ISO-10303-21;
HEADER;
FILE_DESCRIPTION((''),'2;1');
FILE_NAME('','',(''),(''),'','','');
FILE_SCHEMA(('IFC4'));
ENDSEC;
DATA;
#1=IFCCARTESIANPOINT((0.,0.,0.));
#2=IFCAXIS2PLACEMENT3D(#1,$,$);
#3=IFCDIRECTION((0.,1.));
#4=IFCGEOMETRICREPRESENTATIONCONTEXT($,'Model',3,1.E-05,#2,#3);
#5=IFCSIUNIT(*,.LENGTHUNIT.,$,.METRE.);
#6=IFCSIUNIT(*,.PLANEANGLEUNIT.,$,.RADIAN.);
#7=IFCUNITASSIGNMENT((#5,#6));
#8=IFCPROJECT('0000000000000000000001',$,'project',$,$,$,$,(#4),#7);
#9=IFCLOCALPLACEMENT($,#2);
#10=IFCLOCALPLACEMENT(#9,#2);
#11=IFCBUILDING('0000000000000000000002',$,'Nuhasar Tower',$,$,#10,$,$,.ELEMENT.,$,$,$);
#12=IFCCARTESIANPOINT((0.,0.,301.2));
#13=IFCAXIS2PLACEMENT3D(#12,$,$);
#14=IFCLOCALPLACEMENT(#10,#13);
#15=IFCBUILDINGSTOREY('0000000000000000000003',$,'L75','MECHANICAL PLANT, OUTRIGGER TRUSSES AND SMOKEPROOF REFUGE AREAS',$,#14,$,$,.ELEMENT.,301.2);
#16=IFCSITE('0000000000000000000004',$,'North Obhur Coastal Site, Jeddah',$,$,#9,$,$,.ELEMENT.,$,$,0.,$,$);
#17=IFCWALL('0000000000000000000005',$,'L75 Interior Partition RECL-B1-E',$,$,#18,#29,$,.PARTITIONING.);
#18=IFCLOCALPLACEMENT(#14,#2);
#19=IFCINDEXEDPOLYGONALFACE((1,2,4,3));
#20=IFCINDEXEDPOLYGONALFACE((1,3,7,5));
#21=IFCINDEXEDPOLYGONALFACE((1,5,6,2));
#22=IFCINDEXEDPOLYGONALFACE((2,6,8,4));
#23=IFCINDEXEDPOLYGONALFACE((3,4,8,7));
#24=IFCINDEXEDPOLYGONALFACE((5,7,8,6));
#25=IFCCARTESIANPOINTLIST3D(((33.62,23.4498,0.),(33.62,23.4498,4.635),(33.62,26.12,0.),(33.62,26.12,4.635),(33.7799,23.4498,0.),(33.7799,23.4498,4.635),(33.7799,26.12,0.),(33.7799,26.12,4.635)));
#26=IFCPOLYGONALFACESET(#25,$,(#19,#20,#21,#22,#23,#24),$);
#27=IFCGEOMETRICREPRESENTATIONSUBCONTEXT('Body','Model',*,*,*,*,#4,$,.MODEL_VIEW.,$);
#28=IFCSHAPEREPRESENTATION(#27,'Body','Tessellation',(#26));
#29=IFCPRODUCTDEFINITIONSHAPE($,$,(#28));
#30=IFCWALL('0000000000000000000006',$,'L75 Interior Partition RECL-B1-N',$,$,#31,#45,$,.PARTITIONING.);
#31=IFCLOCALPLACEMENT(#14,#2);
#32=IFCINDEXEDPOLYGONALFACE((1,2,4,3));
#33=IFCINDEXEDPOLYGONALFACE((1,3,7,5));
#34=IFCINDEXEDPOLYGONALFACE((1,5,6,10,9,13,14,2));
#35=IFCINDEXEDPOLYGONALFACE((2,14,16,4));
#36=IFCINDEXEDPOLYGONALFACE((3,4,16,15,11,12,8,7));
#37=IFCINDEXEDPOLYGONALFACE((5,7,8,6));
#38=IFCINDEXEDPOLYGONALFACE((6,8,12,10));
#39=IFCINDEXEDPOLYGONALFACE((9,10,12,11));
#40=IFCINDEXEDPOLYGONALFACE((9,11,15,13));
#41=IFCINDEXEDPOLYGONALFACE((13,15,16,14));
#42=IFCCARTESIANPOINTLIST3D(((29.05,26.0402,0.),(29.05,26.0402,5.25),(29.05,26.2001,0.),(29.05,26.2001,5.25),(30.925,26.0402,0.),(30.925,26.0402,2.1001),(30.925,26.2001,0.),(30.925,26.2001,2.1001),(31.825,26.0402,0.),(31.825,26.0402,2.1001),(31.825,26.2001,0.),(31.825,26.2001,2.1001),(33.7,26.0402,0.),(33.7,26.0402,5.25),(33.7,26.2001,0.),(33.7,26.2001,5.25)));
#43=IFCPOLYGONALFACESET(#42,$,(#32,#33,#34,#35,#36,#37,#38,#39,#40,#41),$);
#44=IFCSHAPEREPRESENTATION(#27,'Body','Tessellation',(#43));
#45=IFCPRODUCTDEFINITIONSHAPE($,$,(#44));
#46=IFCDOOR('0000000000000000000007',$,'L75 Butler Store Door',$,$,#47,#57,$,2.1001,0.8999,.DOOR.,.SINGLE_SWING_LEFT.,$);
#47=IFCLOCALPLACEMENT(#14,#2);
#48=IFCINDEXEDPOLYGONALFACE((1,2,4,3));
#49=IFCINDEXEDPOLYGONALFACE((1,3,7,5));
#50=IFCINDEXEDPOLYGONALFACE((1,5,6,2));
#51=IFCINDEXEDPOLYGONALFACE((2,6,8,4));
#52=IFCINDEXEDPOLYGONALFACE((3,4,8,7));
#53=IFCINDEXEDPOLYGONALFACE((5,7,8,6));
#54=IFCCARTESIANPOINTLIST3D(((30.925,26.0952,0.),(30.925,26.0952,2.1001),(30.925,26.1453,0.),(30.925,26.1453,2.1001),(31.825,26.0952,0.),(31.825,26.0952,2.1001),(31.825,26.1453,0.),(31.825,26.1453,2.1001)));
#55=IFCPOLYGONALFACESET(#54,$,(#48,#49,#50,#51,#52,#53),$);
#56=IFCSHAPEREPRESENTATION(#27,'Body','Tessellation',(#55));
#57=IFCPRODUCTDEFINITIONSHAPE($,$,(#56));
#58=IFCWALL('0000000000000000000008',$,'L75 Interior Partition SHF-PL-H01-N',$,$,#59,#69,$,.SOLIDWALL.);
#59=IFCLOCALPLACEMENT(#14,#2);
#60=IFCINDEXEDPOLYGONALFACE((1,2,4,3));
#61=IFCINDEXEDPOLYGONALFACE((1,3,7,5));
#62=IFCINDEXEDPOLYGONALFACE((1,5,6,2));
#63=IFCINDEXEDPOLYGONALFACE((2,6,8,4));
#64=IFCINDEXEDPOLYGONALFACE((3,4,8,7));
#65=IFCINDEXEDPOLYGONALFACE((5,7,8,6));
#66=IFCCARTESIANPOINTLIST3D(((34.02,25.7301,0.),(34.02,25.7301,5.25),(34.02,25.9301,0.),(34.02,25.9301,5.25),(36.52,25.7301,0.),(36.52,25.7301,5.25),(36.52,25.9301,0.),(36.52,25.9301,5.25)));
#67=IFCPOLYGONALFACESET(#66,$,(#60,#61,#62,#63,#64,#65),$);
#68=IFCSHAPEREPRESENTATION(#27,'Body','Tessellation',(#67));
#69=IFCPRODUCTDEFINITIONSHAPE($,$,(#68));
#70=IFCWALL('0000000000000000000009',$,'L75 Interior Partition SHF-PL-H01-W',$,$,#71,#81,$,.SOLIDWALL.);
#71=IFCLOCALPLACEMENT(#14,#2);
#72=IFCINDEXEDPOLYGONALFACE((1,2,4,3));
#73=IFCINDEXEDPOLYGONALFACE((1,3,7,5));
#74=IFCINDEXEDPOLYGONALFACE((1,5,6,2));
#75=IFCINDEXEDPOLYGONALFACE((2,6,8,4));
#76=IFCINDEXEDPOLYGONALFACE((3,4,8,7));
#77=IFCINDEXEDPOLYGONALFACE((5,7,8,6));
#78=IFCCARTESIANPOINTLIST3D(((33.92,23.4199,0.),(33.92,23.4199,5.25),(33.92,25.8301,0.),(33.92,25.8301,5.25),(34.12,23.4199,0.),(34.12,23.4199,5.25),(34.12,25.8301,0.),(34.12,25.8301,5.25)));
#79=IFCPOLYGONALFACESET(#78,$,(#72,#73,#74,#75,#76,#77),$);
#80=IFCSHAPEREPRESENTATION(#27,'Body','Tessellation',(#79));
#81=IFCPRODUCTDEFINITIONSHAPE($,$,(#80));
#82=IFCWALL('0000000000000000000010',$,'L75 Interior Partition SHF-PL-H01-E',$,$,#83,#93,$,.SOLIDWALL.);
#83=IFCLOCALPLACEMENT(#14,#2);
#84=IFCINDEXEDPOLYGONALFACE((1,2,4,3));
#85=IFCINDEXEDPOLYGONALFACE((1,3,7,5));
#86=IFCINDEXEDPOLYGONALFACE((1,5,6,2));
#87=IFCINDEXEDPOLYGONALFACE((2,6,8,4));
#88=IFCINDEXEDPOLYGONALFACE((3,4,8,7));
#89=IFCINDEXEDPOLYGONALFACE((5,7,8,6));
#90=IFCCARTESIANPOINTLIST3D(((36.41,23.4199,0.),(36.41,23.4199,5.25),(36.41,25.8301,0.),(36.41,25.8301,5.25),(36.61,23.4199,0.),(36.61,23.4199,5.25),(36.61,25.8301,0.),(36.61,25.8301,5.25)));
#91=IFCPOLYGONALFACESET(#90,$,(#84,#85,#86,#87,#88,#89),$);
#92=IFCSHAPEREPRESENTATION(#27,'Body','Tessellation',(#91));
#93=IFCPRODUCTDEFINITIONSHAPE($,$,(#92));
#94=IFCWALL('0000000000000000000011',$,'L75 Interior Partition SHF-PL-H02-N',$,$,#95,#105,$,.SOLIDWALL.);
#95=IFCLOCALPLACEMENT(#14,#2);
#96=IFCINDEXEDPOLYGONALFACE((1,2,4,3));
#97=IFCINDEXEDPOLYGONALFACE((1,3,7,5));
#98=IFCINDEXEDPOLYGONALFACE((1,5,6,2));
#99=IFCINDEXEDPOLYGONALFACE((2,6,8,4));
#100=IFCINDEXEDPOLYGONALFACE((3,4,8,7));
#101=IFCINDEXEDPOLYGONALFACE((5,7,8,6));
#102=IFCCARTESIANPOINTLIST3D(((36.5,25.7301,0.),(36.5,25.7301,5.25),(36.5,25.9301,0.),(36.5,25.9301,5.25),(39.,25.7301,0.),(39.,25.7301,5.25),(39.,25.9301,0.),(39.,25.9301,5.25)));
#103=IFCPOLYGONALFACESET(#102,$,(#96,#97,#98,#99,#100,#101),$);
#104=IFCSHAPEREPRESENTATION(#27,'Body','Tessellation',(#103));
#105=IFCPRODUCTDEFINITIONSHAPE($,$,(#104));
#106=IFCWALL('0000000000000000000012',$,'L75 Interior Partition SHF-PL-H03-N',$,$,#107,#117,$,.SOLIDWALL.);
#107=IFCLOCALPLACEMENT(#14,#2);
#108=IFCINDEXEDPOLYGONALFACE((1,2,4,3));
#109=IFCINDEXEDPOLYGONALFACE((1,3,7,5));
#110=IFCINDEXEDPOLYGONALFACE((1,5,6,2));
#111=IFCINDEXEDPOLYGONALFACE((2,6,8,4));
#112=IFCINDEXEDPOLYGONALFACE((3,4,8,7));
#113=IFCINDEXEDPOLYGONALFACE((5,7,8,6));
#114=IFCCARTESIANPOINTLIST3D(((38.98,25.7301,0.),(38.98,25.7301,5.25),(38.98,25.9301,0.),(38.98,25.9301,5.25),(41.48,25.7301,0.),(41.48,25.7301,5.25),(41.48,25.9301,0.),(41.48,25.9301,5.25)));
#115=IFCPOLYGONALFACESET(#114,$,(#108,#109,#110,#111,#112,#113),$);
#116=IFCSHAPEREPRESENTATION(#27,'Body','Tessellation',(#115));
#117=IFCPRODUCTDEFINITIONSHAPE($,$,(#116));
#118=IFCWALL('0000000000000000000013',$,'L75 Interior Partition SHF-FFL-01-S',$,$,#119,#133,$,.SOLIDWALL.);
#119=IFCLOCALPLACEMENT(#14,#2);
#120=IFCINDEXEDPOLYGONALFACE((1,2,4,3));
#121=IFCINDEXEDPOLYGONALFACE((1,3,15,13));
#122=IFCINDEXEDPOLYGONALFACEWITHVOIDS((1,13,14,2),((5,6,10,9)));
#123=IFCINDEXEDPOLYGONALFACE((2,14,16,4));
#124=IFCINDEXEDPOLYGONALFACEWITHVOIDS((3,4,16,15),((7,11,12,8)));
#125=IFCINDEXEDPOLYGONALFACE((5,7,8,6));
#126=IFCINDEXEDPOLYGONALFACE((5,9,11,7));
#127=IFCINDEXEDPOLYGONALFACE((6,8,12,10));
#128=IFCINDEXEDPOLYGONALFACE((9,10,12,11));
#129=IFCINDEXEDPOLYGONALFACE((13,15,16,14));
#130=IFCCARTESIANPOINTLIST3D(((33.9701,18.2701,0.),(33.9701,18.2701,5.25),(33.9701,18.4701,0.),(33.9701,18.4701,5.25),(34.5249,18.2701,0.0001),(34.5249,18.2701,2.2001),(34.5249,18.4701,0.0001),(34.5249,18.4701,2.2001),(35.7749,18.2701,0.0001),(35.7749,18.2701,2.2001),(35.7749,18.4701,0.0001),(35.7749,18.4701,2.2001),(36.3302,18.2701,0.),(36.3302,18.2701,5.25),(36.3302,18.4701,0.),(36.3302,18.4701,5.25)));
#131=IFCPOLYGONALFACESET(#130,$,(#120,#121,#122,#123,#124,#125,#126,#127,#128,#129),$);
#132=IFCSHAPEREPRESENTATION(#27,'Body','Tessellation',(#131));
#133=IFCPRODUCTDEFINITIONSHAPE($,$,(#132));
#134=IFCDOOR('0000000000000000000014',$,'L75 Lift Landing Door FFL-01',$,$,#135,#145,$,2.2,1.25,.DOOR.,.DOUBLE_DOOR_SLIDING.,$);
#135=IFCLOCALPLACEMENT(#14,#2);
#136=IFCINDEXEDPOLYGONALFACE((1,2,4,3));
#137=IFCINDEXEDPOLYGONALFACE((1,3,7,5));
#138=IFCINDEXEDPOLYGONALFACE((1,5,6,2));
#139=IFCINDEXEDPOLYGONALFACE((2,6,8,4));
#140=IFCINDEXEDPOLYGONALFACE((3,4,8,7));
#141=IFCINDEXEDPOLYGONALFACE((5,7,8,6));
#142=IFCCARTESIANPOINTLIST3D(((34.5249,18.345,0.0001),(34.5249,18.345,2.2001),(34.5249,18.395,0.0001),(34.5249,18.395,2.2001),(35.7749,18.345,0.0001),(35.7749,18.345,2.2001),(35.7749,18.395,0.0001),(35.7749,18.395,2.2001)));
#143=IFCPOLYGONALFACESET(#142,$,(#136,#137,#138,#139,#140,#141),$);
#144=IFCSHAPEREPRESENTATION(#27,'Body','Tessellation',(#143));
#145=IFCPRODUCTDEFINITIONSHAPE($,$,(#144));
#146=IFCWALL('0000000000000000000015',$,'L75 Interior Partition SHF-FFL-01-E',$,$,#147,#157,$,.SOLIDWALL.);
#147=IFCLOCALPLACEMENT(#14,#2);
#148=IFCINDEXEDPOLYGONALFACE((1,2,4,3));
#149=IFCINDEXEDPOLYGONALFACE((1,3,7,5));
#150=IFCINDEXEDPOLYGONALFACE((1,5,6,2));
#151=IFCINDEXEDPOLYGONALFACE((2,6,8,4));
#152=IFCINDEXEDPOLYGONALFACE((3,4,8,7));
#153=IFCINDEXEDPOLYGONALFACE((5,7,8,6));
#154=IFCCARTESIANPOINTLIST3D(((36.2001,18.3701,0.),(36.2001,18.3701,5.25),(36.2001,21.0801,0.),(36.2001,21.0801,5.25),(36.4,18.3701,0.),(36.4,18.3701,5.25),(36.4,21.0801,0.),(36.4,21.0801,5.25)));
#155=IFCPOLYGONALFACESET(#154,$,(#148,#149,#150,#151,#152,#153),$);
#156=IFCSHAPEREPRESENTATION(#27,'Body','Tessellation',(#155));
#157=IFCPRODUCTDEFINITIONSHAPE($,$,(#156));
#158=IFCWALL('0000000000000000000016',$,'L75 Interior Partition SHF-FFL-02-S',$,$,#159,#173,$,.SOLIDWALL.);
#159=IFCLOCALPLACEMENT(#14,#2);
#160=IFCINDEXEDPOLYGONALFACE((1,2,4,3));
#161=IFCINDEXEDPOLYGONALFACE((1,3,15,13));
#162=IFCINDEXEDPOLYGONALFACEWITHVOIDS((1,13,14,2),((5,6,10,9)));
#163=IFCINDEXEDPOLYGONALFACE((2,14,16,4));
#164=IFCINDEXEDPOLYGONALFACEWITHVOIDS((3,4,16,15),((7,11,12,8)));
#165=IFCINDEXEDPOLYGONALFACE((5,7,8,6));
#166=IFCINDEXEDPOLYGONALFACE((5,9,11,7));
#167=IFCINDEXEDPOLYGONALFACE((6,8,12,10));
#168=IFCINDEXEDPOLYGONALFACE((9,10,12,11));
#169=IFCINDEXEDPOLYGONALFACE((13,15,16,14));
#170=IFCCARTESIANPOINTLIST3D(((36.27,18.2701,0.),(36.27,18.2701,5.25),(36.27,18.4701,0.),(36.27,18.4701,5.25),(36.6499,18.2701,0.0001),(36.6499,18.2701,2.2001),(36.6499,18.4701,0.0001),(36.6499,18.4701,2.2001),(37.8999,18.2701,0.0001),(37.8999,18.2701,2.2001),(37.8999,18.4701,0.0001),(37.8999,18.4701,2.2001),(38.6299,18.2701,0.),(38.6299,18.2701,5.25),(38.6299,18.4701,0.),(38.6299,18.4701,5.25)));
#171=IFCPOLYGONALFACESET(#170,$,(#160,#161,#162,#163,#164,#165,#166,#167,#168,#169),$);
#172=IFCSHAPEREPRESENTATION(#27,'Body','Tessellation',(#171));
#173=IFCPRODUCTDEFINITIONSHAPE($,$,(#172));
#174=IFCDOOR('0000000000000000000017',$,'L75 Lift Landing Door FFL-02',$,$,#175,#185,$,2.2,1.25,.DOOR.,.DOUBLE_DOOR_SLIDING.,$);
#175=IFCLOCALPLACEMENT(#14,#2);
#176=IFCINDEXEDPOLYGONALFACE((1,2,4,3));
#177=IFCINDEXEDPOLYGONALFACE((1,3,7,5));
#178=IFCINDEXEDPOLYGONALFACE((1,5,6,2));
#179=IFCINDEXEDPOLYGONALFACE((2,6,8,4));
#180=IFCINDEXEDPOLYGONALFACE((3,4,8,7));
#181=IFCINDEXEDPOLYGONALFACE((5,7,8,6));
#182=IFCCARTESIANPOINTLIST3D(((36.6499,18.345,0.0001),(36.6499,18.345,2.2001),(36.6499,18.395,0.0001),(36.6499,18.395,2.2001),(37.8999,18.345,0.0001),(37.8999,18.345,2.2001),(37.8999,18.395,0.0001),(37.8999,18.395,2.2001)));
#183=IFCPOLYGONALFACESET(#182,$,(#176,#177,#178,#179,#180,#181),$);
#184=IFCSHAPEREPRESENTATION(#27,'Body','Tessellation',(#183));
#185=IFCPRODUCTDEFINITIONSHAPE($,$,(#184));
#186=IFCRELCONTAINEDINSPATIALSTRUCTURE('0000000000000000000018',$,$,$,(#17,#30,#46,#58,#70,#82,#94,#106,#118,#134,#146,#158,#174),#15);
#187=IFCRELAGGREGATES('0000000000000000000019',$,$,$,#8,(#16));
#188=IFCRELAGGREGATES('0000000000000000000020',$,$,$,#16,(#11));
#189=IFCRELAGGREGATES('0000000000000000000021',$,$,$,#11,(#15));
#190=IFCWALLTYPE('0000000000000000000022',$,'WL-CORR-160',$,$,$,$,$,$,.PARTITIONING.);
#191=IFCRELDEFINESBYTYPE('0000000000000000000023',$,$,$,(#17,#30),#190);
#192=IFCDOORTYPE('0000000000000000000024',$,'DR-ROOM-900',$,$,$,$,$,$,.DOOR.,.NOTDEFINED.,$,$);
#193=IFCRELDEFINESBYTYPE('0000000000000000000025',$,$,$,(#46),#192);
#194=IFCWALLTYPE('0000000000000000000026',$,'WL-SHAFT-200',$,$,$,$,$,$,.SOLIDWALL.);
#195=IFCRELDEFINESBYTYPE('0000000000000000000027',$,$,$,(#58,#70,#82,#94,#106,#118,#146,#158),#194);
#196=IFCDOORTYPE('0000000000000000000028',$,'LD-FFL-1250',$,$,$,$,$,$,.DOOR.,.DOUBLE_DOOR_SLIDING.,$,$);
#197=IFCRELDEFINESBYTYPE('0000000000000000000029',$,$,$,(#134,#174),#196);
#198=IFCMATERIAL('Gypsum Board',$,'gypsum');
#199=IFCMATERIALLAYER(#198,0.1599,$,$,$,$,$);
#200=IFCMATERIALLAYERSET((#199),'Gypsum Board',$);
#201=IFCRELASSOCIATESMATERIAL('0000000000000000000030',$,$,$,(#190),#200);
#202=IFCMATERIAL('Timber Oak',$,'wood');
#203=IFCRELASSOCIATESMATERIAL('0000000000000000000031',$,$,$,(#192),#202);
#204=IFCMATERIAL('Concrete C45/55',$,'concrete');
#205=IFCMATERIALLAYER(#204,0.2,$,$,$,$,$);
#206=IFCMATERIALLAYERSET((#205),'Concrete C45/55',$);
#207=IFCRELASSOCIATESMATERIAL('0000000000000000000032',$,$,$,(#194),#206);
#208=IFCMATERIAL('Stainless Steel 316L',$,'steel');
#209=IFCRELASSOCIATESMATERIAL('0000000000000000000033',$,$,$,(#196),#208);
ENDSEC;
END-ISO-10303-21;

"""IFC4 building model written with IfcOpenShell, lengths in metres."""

from ifc_helpers import new_model, si_unit, direction, frame, frame_2d, origin, place, context, subcontext, project, spatial, rectangle, extrude, material, layer, layer_set, type_object, element, fill, save


model = new_model("IFC4")

# Units and contexts
model_context = context("Model", 3, precision=1e-05, world=origin(), true_north=direction((0.0, 1.0)))
body_context = subcontext(model_context, "Body", "Model", "MODEL_VIEW")
ifc_project = project(units=[si_unit("LENGTHUNIT", "METRE"), si_unit("PLANEANGLEUNIT", "RADIAN")], contexts=[model_context])

# Site, building, storey
site_placement = place(None, origin())
site = spatial("IfcSite", under=ifc_project, at=site_placement, Name="North Obhur Coastal Site, Jeddah", CompositionType="ELEMENT", RefElevation=0.0)
building_placement = place(site_placement, origin())
building = spatial("IfcBuilding", under=site, at=building_placement, Name="Nuhasar Tower", CompositionType="ELEMENT")
storey_placement = place(building_placement, frame((0.0, 0.0, 301.2)))
storey = spatial("IfcBuildingStorey", under=building, at=storey_placement, Name="L75", Description="MECHANICAL PLANT, OUTRIGGER TRUSSES AND SMOKEPROOF REFUGE AREAS", CompositionType="ELEMENT", Elevation=301.2)

# Wall
ifc_material_1 = material(Name="Gypsum Board", Category="gypsum")
ifc_layer_1 = layer(ifc_material_1, 0.1599)
ifc_layer_set_1 = layer_set([ifc_layer_1], Name="Gypsum Board")
wall_type_1 = type_object("IfcWallType", Name="WL-CORR-160", PredefinedType="PARTITIONING", material=ifc_layer_set_1)
wall_1_placement = place(storey_placement, frame((33.7, 23.45, 0.0), z_axis=(0.0, 0.0, 1.0), x_axis=(0.0, 1.0, 0.0)))
element("IfcWall", 1, at=wall_1_placement, inside=storey, type_object=wall_type_1, Name="L75 Interior Partition RECL-B1-E", PredefinedType="PARTITIONING", context=body_context, shape_type="SweptSolid", body=[
    extrude(rectangle(XDim=2.6702, YDim=0.1599, at=frame_2d((1.335, 0.0))), origin(), (0.0, 0.0, 1.0), 4.635),
])

# Wall, opening, door
wall_2_placement = place(storey_placement, frame((33.7, 26.1201, 0.0), z_axis=(0.0, 0.0, 1.0), x_axis=(-1.0, 0.0, 0.0)))
wall_2 = element("IfcWall", 2, at=wall_2_placement, inside=storey, type_object=wall_type_1, Name="L75 Interior Partition RECL-B1-N", PredefinedType="PARTITIONING", context=body_context, shape_type="SweptSolid", body=[
    extrude(rectangle(XDim=4.6499, YDim=0.1599, at=frame_2d((2.325, 0.0))), origin(), (0.0, 0.0, 1.0), 5.25),
])
opening_1_placement = place(wall_2_placement, frame((1.875, 0.0, 0.0)))
opening_1 = element("IfcOpeningElement", 3, at=opening_1_placement, cuts=wall_2, PredefinedType="OPENING", context=body_context, shape_type="SweptSolid", body=[
    extrude(rectangle(XDim=0.8999, YDim=2.1001, at=frame_2d((0.45, 1.05))), frame((0.0, 0.0898, 0.0), z_axis=(0.0, -1.0, 0.0), x_axis=(1.0, 0.0, 0.0)), (0.0, 0.0, 1.0), 0.1799),
])
ifc_material_2 = material(Name="Timber Oak", Category="wood")
door_type_1 = type_object("IfcDoorType", Name="DR-ROOM-900", OperationType="NOTDEFINED", PredefinedType="DOOR", material=ifc_material_2)
door_1_placement = place(opening_1_placement, origin())
door_1 = element("IfcDoor", 4, at=door_1_placement, inside=storey, type_object=door_type_1, Name="L75 Butler Store Door", OperationType="SINGLE_SWING_LEFT", OverallHeight=2.1001, OverallWidth=0.8999, PredefinedType="DOOR", context=body_context, shape_type="SweptSolid", body=[
    extrude(rectangle(XDim=0.8999, YDim=2.1001, at=frame_2d((0.45, 1.05))), frame((0.0, 0.0249, 0.0), z_axis=(0.0, -1.0, 0.0), x_axis=(1.0, 0.0, 0.0)), (0.0, 0.0, 1.0), 0.05),
])
fill(opening_1, door_1)
ifc_material_3 = material(Name="Concrete C45/55", Category="concrete")
ifc_layer_2 = layer(ifc_material_3, 0.2)
ifc_layer_set_2 = layer_set([ifc_layer_2], Name="Concrete C45/55")
wall_type_2 = type_object("IfcWallType", Name="WL-SHAFT-200", PredefinedType="SOLIDWALL", material=ifc_layer_set_2)
ifc_material_4 = material(Name="Stainless Steel 316L", Category="steel")

# Walls
wall_3_placement = place(storey_placement, frame((34.02, 25.8301, 0.0), z_axis=(0.0, 0.0, 1.0), x_axis=(1.0, 0.0, 0.0)))
element("IfcWall", 5, at=wall_3_placement, inside=storey, type_object=wall_type_2, Name="L75 Interior Partition SHF-PL-H01-N", PredefinedType="SOLIDWALL", context=body_context, shape_type="SweptSolid", body=[
    extrude(rectangle(XDim=2.5, YDim=0.2, at=frame_2d((1.25, 0.0))), origin(), (0.0, 0.0, 1.0), 5.25),
])
for number, where, z_axis, x_axis, name in (
    (6, (34.02, 23.4199, 0.0), (0.0, 0.0, 1.0), (0.0, 1.0, 0.0), "L75 Interior Partition SHF-PL-H01-W"),
    (7, (36.51, 23.4199, 0.0), (0.0, 0.0, 1.0), (0.0, 1.0, 0.0), "L75 Interior Partition SHF-PL-H01-E"),
):
    element("IfcWall", number, at=place(storey_placement, frame(where, z_axis=z_axis, x_axis=x_axis)), inside=storey, type_object=wall_type_2, Name=name, PredefinedType="SOLIDWALL", context=body_context, shape_type="SweptSolid", body=[
        extrude(rectangle(XDim=2.4102, YDim=0.2, at=frame_2d((1.2051, 0.0))), origin(), (0.0, 0.0, 1.0), 5.25),
    ])

# Wall
wall_4_placement = place(storey_placement, frame((36.5, 25.8301, 0.0), z_axis=(0.0, 0.0, 1.0), x_axis=(1.0, 0.0, 0.0)))
element("IfcWall", 8, at=wall_4_placement, inside=storey, type_object=wall_type_2, Name="L75 Interior Partition SHF-PL-H02-N", PredefinedType="SOLIDWALL", context=body_context, shape_type="SweptSolid", body=[
    extrude(rectangle(XDim=2.5, YDim=0.2, at=frame_2d((1.25, 0.0))), origin(), (0.0, 0.0, 1.0), 5.25),
])

# Wall
wall_5_placement = place(storey_placement, frame((38.98, 25.8301, 0.0), z_axis=(0.0, 0.0, 1.0), x_axis=(1.0, 0.0, 0.0)))
element("IfcWall", 9, at=wall_5_placement, inside=storey, type_object=wall_type_2, Name="L75 Interior Partition SHF-PL-H03-N", PredefinedType="SOLIDWALL", context=body_context, shape_type="SweptSolid", body=[
    extrude(rectangle(XDim=2.5, YDim=0.2, at=frame_2d((1.25, 0.0))), origin(), (0.0, 0.0, 1.0), 5.25),
])

# Wall, opening, door
wall_6_placement = place(storey_placement, frame((33.97, 18.3701, 0.0), z_axis=(0.0, 0.0, 1.0), x_axis=(1.0, 0.0, 0.0)))
wall_6 = element("IfcWall", 10, at=wall_6_placement, inside=storey, type_object=wall_type_2, Name="L75 Interior Partition SHF-FFL-01-S", PredefinedType="SOLIDWALL", context=body_context, shape_type="SweptSolid", body=[
    extrude(rectangle(XDim=2.3601, YDim=0.2, at=frame_2d((1.1802, 0.0))), origin(), (0.0, 0.0, 1.0), 5.25),
])
opening_2_placement = place(wall_6_placement, frame((0.5549, 0.0, 0.0)))
opening_2 = element("IfcOpeningElement", 11, at=opening_2_placement, cuts=wall_6, PredefinedType="OPENING", context=body_context, shape_type="SweptSolid", body=[
    extrude(rectangle(XDim=1.25, YDim=2.2, at=frame_2d((0.625, 1.1001))), frame((0.0, 0.1099, 0.0), z_axis=(0.0, -1.0, 0.0), x_axis=(1.0, 0.0, 0.0)), (0.0, 0.0, 1.0), 0.22),
])
door_type_2 = type_object("IfcDoorType", Name="LD-FFL-1250", OperationType="DOUBLE_DOOR_SLIDING", PredefinedType="DOOR", material=ifc_material_4)
door_2_placement = place(opening_2_placement, origin())
door_2 = element("IfcDoor", 12, at=door_2_placement, inside=storey, type_object=door_type_2, Name="L75 Lift Landing Door FFL-01", OperationType="DOUBLE_DOOR_SLIDING", OverallHeight=2.2, OverallWidth=1.25, PredefinedType="DOOR", context=body_context, shape_type="SweptSolid", body=[
    extrude(rectangle(XDim=1.25, YDim=2.2, at=frame_2d((0.625, 1.1001))), frame((0.0, 0.0249, 0.0), z_axis=(0.0, -1.0, 0.0), x_axis=(1.0, 0.0, 0.0)), (0.0, 0.0, 1.0), 0.05),
])
fill(opening_2, door_2)

# Wall
wall_7_placement = place(storey_placement, frame((36.3, 18.3701, 0.0), z_axis=(0.0, 0.0, 1.0), x_axis=(0.0, 1.0, 0.0)))
element("IfcWall", 13, at=wall_7_placement, inside=storey, type_object=wall_type_2, Name="L75 Interior Partition SHF-FFL-01-E", PredefinedType="SOLIDWALL", context=body_context, shape_type="SweptSolid", body=[
    extrude(rectangle(XDim=2.71, YDim=0.2, at=frame_2d((1.355, 0.0))), origin(), (0.0, 0.0, 1.0), 5.25),
])

# Wall, opening, door
wall_8_placement = place(storey_placement, frame((36.27, 18.3701, 0.0), z_axis=(0.0, 0.0, 1.0), x_axis=(1.0, 0.0, 0.0)))
wall_8 = element("IfcWall", 14, at=wall_8_placement, inside=storey, type_object=wall_type_2, Name="L75 Interior Partition SHF-FFL-02-S", PredefinedType="SOLIDWALL", context=body_context, shape_type="SweptSolid", body=[
    extrude(rectangle(XDim=2.3599, YDim=0.2, at=frame_2d((1.1799, 0.0))), origin(), (0.0, 0.0, 1.0), 5.25),
])
opening_3_placement = place(wall_8_placement, frame((0.3799, 0.0, 0.0)))
opening_3 = element("IfcOpeningElement", 15, at=opening_3_placement, cuts=wall_8, PredefinedType="OPENING", context=body_context, shape_type="SweptSolid", body=[
    extrude(rectangle(XDim=1.25, YDim=2.2, at=frame_2d((0.625, 1.1001))), frame((0.0, 0.1099, 0.0), z_axis=(0.0, -1.0, 0.0), x_axis=(1.0, 0.0, 0.0)), (0.0, 0.0, 1.0), 0.22),
])
door_3_placement = place(opening_3_placement, origin())
door_3 = element("IfcDoor", 16, at=door_3_placement, inside=storey, type_object=door_type_2, Name="L75 Lift Landing Door FFL-02", OperationType="DOUBLE_DOOR_SLIDING", OverallHeight=2.2, OverallWidth=1.25, PredefinedType="DOOR", context=body_context, shape_type="SweptSolid", body=[
    extrude(rectangle(XDim=1.25, YDim=2.2, at=frame_2d((0.625, 1.1001))), frame((0.0, 0.0249, 0.0), z_axis=(0.0, -1.0, 0.0), x_axis=(1.0, 0.0, 0.0)), (0.0, 0.0, 1.0), 0.05),
])
fill(opening_3, door_3)

save(model, "model.ifc")
